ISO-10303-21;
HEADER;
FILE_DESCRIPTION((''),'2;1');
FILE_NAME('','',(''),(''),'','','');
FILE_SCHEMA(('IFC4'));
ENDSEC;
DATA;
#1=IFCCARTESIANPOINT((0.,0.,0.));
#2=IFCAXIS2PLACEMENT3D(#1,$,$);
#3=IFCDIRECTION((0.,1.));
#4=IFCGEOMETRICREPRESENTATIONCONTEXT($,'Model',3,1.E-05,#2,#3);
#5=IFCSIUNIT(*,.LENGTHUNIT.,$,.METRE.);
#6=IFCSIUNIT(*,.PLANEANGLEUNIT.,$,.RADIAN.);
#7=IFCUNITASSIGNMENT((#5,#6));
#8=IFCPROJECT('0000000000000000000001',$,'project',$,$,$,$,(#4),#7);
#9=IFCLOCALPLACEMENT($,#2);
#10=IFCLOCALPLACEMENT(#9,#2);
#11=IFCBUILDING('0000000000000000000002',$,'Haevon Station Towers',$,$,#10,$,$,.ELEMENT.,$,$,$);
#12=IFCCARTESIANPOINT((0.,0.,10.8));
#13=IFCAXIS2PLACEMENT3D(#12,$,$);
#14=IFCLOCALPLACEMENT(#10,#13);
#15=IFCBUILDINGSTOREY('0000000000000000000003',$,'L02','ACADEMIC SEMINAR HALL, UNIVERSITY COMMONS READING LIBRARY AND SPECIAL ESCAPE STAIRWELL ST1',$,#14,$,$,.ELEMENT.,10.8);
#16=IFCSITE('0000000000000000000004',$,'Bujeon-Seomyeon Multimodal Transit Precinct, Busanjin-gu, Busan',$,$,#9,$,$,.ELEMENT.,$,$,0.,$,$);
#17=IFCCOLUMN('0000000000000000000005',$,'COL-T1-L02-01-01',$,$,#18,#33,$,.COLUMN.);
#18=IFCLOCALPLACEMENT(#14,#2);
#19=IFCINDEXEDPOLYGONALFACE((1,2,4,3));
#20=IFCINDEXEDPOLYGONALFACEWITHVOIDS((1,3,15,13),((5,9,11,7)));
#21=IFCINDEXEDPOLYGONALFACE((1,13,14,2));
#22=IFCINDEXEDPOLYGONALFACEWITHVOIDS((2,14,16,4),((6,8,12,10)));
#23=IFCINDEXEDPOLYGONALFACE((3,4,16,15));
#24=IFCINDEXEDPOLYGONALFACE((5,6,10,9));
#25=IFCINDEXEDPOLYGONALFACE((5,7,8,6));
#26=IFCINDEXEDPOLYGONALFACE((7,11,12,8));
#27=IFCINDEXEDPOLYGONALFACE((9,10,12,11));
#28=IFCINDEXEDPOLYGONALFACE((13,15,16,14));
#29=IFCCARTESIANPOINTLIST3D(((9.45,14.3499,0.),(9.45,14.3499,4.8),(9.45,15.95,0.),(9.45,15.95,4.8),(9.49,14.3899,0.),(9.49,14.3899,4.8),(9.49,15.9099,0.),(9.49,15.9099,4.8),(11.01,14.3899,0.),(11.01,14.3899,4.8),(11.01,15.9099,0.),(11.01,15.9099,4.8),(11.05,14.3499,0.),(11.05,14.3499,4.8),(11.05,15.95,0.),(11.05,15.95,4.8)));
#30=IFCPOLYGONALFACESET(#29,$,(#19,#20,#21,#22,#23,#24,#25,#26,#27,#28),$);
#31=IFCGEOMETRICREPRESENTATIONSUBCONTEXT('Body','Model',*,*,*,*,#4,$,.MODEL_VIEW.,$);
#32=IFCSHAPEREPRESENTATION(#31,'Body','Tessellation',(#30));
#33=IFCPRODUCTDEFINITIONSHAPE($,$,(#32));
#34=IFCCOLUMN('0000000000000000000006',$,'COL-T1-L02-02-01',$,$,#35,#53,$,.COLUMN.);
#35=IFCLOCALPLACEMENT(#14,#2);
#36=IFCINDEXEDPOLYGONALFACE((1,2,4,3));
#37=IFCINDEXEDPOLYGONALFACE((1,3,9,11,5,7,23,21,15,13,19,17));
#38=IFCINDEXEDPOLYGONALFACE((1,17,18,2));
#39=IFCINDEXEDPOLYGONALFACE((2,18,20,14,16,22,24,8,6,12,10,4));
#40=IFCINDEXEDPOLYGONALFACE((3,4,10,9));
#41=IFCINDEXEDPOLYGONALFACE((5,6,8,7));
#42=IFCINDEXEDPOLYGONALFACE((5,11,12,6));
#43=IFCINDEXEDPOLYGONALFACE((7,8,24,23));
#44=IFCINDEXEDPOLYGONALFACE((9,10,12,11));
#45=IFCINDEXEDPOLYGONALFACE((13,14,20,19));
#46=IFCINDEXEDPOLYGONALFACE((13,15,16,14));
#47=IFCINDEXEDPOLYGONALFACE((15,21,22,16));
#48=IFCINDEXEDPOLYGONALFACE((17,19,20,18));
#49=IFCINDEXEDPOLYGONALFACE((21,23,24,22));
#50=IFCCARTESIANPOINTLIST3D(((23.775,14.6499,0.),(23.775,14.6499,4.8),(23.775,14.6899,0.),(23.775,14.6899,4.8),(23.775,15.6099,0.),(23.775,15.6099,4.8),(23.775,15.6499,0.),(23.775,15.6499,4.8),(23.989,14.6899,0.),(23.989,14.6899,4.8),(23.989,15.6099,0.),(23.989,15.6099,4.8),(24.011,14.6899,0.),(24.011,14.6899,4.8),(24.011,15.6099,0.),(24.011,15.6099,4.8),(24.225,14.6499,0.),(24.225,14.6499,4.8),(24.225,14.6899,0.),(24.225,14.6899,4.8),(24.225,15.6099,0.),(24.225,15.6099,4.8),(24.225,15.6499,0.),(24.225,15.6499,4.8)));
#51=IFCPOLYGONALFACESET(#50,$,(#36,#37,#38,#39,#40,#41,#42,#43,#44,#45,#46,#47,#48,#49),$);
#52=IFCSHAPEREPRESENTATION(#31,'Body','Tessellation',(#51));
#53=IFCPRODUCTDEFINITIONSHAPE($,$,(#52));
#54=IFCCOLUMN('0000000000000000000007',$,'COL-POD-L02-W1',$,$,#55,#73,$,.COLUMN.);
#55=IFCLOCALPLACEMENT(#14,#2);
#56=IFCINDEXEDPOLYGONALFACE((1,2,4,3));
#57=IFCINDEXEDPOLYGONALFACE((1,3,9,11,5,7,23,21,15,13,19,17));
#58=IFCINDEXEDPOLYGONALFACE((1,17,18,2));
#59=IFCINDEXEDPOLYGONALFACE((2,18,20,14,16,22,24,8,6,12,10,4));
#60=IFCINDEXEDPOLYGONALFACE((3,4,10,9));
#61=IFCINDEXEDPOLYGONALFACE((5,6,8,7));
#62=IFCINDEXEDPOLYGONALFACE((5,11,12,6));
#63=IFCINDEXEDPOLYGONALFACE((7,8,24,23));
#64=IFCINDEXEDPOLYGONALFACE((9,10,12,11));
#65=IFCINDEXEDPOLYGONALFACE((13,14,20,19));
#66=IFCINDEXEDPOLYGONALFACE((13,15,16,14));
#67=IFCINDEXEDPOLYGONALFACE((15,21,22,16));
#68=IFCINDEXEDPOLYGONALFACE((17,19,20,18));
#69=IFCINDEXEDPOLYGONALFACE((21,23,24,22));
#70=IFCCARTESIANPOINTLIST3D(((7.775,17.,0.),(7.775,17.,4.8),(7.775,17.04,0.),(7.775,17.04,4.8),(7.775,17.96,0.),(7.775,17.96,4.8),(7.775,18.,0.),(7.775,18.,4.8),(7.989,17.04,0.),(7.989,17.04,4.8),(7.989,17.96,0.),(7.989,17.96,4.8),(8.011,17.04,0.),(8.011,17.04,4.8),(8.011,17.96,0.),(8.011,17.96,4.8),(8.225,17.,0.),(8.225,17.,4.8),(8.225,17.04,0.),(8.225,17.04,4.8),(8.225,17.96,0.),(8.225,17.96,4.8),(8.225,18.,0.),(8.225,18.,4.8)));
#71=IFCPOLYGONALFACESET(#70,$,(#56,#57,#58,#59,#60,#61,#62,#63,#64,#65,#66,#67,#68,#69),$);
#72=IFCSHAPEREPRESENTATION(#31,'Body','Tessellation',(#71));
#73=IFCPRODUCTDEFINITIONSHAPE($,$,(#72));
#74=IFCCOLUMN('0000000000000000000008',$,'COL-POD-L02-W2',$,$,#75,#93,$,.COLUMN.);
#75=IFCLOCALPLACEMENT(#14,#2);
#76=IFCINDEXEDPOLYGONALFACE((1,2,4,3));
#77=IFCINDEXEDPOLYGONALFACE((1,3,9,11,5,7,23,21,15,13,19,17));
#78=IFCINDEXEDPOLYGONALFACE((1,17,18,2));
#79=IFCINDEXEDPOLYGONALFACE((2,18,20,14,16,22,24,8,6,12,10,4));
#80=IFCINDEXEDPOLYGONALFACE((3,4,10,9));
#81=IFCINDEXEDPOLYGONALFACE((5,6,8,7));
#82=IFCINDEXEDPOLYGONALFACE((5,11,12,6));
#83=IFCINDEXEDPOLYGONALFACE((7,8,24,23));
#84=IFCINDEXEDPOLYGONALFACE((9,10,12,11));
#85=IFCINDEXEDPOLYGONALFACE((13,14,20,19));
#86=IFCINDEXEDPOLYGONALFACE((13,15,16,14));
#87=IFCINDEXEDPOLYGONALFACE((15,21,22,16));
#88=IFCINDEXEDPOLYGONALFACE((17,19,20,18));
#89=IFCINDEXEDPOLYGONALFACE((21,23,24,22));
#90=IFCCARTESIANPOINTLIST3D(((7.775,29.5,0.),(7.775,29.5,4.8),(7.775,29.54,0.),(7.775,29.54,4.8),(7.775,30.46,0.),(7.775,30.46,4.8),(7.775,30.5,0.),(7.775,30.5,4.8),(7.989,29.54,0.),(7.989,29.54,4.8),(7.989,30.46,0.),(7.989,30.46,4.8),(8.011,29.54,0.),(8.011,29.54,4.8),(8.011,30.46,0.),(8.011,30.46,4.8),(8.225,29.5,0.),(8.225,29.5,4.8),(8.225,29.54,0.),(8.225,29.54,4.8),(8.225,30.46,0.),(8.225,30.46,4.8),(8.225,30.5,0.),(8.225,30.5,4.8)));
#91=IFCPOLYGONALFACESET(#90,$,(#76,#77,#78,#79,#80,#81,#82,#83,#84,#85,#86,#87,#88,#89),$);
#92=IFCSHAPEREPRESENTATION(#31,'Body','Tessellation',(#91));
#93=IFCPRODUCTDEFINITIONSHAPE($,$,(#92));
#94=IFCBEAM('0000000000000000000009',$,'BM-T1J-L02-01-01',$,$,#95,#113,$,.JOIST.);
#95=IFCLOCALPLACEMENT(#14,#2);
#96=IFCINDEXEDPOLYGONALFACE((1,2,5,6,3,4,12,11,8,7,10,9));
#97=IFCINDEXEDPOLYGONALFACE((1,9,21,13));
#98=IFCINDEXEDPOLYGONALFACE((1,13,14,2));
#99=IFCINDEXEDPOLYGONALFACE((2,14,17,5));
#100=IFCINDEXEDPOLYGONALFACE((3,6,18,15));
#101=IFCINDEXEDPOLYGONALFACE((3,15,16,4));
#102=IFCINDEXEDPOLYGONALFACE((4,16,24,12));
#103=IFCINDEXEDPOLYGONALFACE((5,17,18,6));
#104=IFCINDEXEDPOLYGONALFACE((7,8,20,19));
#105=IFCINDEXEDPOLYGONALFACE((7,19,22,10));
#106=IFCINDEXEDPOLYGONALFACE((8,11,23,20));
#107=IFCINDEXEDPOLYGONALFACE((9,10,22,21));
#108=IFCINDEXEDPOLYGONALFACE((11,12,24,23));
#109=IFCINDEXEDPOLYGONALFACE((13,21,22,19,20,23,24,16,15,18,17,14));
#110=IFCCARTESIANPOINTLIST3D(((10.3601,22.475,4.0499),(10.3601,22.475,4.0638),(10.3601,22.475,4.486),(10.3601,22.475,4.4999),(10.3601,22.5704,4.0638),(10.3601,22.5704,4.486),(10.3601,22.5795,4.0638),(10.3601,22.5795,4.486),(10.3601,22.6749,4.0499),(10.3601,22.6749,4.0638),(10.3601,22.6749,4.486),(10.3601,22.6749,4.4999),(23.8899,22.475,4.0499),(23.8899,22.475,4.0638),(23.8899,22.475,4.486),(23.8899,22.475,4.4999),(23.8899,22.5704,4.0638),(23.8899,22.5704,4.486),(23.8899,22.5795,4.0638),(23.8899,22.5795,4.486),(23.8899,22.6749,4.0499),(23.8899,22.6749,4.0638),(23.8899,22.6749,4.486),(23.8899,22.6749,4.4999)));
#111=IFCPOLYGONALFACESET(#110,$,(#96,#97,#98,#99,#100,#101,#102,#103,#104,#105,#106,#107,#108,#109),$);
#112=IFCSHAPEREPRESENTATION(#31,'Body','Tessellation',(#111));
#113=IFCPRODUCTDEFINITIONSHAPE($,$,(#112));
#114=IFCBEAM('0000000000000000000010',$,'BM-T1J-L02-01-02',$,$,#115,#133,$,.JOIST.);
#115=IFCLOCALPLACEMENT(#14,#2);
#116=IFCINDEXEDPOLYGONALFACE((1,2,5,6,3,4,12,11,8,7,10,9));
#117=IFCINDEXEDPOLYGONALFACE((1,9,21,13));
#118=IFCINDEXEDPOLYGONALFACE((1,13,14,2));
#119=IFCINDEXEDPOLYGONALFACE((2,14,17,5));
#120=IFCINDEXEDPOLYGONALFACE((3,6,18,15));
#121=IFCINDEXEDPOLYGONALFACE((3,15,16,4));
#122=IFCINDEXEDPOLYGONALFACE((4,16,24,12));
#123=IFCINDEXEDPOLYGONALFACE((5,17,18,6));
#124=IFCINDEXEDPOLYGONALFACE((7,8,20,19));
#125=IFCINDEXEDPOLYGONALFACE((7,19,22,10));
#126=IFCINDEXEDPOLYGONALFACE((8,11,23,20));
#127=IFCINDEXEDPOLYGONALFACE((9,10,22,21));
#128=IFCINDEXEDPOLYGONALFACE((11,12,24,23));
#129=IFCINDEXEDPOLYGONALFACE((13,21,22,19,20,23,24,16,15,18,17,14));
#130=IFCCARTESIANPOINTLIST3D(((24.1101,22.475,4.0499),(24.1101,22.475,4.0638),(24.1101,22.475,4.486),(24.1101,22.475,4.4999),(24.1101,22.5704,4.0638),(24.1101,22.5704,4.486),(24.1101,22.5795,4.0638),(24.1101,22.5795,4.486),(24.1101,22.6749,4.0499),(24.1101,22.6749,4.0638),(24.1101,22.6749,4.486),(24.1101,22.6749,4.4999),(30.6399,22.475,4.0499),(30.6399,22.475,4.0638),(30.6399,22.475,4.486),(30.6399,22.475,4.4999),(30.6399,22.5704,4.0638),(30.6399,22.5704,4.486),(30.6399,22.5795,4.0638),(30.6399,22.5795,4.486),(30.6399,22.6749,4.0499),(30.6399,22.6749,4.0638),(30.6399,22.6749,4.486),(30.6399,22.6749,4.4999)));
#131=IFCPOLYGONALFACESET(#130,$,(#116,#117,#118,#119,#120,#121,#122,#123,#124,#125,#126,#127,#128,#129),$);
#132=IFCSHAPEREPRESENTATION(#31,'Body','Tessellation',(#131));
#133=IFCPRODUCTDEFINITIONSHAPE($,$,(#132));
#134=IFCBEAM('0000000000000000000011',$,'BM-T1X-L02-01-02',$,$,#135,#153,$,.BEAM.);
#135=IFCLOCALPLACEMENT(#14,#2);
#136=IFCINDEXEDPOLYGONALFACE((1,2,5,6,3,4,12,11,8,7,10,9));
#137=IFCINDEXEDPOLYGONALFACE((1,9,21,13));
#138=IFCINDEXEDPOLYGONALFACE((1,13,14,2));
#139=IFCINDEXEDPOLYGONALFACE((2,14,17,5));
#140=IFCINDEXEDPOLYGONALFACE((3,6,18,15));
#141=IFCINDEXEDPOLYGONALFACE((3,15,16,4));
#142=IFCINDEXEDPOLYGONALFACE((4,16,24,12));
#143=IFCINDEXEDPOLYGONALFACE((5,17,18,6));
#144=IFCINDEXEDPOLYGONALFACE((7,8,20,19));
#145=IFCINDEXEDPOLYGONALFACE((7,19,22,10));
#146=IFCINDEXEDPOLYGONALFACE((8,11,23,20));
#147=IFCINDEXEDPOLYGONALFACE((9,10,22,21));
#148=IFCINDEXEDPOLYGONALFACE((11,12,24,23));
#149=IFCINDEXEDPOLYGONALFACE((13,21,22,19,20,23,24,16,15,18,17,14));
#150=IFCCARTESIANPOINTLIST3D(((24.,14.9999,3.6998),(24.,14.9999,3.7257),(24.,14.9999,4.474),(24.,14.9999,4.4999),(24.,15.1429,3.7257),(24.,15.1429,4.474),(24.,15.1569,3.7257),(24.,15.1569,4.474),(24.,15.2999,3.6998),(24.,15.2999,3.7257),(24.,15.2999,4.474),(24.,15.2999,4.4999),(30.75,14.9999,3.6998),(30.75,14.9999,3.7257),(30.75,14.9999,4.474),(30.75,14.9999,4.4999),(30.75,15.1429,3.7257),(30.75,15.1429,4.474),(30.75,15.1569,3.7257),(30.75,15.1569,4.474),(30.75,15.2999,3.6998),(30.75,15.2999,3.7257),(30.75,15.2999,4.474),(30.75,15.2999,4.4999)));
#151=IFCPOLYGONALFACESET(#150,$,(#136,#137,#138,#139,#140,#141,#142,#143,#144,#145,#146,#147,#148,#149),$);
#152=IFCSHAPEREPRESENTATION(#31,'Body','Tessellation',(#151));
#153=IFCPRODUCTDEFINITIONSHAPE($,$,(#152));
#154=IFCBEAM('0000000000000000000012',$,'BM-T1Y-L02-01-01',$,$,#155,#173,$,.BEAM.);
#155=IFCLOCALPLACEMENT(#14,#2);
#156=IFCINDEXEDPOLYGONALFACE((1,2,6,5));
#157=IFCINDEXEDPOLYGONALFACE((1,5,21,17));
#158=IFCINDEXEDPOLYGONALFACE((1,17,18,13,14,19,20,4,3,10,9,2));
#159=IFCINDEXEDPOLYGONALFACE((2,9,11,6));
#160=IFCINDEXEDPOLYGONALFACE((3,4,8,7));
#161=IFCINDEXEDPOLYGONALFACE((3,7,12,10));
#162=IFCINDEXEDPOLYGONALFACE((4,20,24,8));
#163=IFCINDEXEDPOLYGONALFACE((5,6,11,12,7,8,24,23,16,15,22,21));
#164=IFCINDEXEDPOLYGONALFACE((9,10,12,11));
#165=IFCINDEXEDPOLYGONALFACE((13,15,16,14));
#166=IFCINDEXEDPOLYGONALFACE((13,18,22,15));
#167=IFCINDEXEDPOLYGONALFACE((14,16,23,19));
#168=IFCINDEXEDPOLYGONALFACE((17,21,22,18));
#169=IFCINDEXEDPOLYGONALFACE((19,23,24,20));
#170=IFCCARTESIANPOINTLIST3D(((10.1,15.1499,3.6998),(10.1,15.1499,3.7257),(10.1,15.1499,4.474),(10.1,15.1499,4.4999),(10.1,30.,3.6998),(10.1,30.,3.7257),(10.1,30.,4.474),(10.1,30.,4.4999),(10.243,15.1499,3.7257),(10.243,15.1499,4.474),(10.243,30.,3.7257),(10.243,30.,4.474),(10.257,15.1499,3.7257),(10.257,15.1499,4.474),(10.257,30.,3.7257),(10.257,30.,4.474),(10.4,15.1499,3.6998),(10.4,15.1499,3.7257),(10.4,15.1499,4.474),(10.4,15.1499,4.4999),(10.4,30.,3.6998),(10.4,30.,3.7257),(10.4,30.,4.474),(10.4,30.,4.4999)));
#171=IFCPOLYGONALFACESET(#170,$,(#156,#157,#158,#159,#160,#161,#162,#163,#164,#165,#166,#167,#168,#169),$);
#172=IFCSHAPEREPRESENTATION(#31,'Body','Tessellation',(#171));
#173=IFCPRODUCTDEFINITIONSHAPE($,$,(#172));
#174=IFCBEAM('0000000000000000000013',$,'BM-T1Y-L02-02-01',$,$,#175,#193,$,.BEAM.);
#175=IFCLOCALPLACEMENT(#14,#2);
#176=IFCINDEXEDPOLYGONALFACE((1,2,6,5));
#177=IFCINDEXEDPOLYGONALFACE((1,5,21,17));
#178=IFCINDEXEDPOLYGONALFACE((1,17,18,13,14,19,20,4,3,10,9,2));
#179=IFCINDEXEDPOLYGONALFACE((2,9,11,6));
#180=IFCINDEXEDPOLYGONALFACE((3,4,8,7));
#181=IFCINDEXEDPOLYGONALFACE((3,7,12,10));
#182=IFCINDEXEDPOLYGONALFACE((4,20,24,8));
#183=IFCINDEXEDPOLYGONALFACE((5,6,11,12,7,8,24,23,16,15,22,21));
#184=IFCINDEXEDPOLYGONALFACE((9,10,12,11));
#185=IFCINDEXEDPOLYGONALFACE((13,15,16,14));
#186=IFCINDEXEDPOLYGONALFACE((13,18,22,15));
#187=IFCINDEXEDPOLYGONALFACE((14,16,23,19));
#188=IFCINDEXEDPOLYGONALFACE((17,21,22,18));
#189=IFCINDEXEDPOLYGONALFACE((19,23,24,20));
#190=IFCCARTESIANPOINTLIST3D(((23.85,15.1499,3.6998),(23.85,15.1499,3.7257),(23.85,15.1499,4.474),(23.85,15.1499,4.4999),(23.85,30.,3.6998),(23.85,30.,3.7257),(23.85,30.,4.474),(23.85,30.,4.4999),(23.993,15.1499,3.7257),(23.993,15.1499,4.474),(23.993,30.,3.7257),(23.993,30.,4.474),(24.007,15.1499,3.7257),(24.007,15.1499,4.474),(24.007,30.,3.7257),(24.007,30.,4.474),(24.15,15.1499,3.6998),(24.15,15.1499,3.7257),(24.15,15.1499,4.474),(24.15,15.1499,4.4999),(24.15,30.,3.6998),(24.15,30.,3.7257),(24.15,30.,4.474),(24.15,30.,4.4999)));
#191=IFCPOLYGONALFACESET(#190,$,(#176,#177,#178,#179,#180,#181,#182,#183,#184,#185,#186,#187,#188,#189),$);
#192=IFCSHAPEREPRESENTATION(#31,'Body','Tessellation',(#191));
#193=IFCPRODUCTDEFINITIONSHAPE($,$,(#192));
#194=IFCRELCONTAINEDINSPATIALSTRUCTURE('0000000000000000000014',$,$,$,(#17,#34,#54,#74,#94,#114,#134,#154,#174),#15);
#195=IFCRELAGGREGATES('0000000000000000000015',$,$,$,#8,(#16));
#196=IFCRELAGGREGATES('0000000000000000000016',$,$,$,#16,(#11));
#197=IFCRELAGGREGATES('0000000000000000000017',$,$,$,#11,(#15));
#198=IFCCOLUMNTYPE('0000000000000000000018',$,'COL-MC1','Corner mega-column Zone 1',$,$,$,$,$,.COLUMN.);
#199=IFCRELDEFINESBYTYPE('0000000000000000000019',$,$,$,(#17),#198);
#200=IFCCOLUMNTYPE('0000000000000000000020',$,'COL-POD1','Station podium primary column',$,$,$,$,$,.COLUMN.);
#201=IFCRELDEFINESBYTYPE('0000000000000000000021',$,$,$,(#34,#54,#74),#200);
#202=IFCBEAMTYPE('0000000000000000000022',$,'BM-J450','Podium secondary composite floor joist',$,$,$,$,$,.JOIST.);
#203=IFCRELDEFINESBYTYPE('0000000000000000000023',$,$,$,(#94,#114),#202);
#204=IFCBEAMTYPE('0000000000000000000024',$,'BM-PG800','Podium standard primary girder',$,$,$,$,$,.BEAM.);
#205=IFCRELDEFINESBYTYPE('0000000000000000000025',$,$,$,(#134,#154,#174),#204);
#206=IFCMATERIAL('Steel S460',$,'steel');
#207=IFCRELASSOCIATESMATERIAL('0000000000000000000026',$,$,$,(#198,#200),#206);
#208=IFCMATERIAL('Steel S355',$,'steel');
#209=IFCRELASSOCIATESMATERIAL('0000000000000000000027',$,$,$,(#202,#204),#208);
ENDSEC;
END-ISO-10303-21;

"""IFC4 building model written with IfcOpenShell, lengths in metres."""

from ifc_helpers import new_model, si_unit, direction, frame, origin, origin_2d, place, context, subcontext, project, spatial, hollow_rectangle, i_section, extrude, material, material_profile, profile_set, type_object, element, save


model = new_model("IFC4")

# Units and contexts
model_context = context("Model", 3, precision=1e-05, world=origin(), true_north=direction((0.0, 1.0)))
body_context = subcontext(model_context, "Body", "Model", "MODEL_VIEW")
ifc_project = project(units=[si_unit("LENGTHUNIT", "METRE"), si_unit("PLANEANGLEUNIT", "RADIAN")], contexts=[model_context])

# Site, building, storey
site_placement = place(None, origin())
site = spatial("IfcSite", under=ifc_project, at=site_placement, Name="Bujeon-Seomyeon Multimodal Transit Precinct, Busanjin-gu, Busan", CompositionType="ELEMENT", RefElevation=0.0)
building_placement = place(site_placement, origin())
building = spatial("IfcBuilding", under=site, at=building_placement, Name="Haevon Station Towers", CompositionType="ELEMENT")
storey_placement = place(building_placement, frame((0.0, 0.0, 10.8)))
storey = spatial("IfcBuildingStorey", under=building, at=storey_placement, Name="L02", Description="ACADEMIC SEMINAR HALL, UNIVERSITY COMMONS READING LIBRARY AND SPECIAL ESCAPE STAIRWELL ST1", CompositionType="ELEMENT", Elevation=10.8)

# Columns
ifc_material_1 = material(Name="Steel S460", Category="steel")
ifc_material_profile_1 = material_profile(ifc_material_1, hollow_rectangle(XDim=1.6001, YDim=1.6001, WallThickness=0.04, at=origin_2d()), Name="BOX-1600x1600x40")
ifc_profile_set_1 = profile_set([ifc_material_profile_1], Name="Steel S460")
column_type_1 = type_object("IfcColumnType", Name="COL-MC1", Description="Corner mega-column Zone 1", PredefinedType="COLUMN", material=ifc_profile_set_1)
column_placement = place(storey_placement, frame((10.25, 15.1499, 0.0), z_axis=(0.0, 0.0, 1.0), x_axis=(1.0, 0.0, 0.0)))
element("IfcColumn", 1, at=column_placement, inside=storey, type_object=column_type_1, Name="COL-T1-L02-01-01", PredefinedType="COLUMN", context=body_context, shape_type="SweptSolid", body=[
    extrude(hollow_rectangle(XDim=1.6001, YDim=1.6001, WallThickness=0.04, at=origin_2d()), origin(), (0.0, 0.0, 1.0), 4.8),
])
ifc_material_profile_2 = material_profile(ifc_material_1, i_section(OverallWidth=0.45, OverallDepth=1.0, WebThickness=0.022, FlangeThickness=0.04, at=origin_2d()), Name="H-1000x450x22x40")
ifc_profile_set_2 = profile_set([ifc_material_profile_2], Name="Steel S460")
column_type_2 = type_object("IfcColumnType", Name="COL-POD1", Description="Station podium primary column", PredefinedType="COLUMN", material=ifc_profile_set_2)
for number, where, z_axis, x_axis, name in (
    (2, (24.0, 15.1499, 0.0), (0.0, 0.0, 1.0), (1.0, 0.0, 0.0), "COL-T1-L02-02-01"),
    (3, (8.0, 17.5, 0.0), (0.0, 0.0, 1.0), (1.0, 0.0, 0.0), "COL-POD-L02-W1"),
    (4, (8.0, 30.0, 0.0), (0.0, 0.0, 1.0), (1.0, 0.0, 0.0), "COL-POD-L02-W2"),
):
    element("IfcColumn", number, at=place(storey_placement, frame(where, z_axis=z_axis, x_axis=x_axis)), inside=storey, type_object=column_type_2, Name=name, PredefinedType="COLUMN", context=body_context, shape_type="SweptSolid", body=[
        extrude(i_section(OverallWidth=0.45, OverallDepth=1.0, WebThickness=0.022, FlangeThickness=0.04, at=origin_2d()), origin(), (0.0, 0.0, 1.0), 4.8),
    ])

# Beams
ifc_material_2 = material(Name="Steel S355", Category="steel")
ifc_material_profile_3 = material_profile(ifc_material_2, i_section(OverallWidth=0.2, OverallDepth=0.45, WebThickness=0.009, FlangeThickness=0.0139, at=origin_2d()), Name="H-450x200x9x14")
ifc_profile_set_3 = profile_set([ifc_material_profile_3], Name="Steel S355")
beam_type_1 = type_object("IfcBeamType", Name="BM-J450", Description="Podium secondary composite floor joist", PredefinedType="JOIST", material=ifc_profile_set_3)
beam_1_placement = place(storey_placement, frame((10.3601, 22.575, 4.2749), z_axis=(1.0, 0.0, 0.0), x_axis=(0.0, 1.0, 0.0)))
element("IfcBeam", 5, at=beam_1_placement, inside=storey, type_object=beam_type_1, Name="BM-T1J-L02-01-01", PredefinedType="JOIST", context=body_context, shape_type="SweptSolid", body=[
    extrude(i_section(OverallWidth=0.2, OverallDepth=0.45, WebThickness=0.009, FlangeThickness=0.0139, at=origin_2d()), origin(), (0.0, 0.0, 1.0), 13.5298),
])
beam_2_placement = place(storey_placement, frame((24.1101, 22.575, 4.2749), z_axis=(1.0, 0.0, 0.0), x_axis=(0.0, 1.0, 0.0)))
element("IfcBeam", 6, at=beam_2_placement, inside=storey, type_object=beam_type_1, Name="BM-T1J-L02-01-02", PredefinedType="JOIST", context=body_context, shape_type="SweptSolid", body=[
    extrude(i_section(OverallWidth=0.2, OverallDepth=0.45, WebThickness=0.009, FlangeThickness=0.0139, at=origin_2d()), origin(), (0.0, 0.0, 1.0), 6.5298),
])
ifc_material_profile_4 = material_profile(ifc_material_2, i_section(OverallWidth=0.3, OverallDepth=0.8, WebThickness=0.0139, FlangeThickness=0.0259, at=origin_2d()), Name="H-800x300x14x26")
ifc_profile_set_4 = profile_set([ifc_material_profile_4], Name="Steel S355")
beam_type_2 = type_object("IfcBeamType", Name="BM-PG800", Description="Podium standard primary girder", PredefinedType="BEAM", material=ifc_profile_set_4)
beam_3_placement = place(storey_placement, frame((24.0, 15.1499, 4.0999), z_axis=(1.0, 0.0, 0.0), x_axis=(0.0, 1.0, 0.0)))
element("IfcBeam", 7, at=beam_3_placement, inside=storey, type_object=beam_type_2, Name="BM-T1X-L02-01-02", PredefinedType="BEAM", context=body_context, shape_type="SweptSolid", body=[
    extrude(i_section(OverallWidth=0.3, OverallDepth=0.8, WebThickness=0.0139, FlangeThickness=0.0259, at=origin_2d()), origin(), (0.0, 0.0, 1.0), 6.75),
])
for number, where, z_axis, x_axis, name in (
    (8, (10.25, 15.1499, 4.0999), (0.0, 1.0, 0.0), (-1.0, 0.0, 0.0), "BM-T1Y-L02-01-01"),
    (9, (24.0, 15.1499, 4.0999), (0.0, 1.0, 0.0), (-1.0, 0.0, 0.0), "BM-T1Y-L02-02-01"),
):
    element("IfcBeam", number, at=place(storey_placement, frame(where, z_axis=z_axis, x_axis=x_axis)), inside=storey, type_object=beam_type_2, Name=name, PredefinedType="BEAM", context=body_context, shape_type="SweptSolid", body=[
        extrude(i_section(OverallWidth=0.3, OverallDepth=0.8, WebThickness=0.0139, FlangeThickness=0.0259, at=origin_2d()), origin(), (0.0, 0.0, 1.0), 14.8501),
    ])

save(model, "model.ifc")
